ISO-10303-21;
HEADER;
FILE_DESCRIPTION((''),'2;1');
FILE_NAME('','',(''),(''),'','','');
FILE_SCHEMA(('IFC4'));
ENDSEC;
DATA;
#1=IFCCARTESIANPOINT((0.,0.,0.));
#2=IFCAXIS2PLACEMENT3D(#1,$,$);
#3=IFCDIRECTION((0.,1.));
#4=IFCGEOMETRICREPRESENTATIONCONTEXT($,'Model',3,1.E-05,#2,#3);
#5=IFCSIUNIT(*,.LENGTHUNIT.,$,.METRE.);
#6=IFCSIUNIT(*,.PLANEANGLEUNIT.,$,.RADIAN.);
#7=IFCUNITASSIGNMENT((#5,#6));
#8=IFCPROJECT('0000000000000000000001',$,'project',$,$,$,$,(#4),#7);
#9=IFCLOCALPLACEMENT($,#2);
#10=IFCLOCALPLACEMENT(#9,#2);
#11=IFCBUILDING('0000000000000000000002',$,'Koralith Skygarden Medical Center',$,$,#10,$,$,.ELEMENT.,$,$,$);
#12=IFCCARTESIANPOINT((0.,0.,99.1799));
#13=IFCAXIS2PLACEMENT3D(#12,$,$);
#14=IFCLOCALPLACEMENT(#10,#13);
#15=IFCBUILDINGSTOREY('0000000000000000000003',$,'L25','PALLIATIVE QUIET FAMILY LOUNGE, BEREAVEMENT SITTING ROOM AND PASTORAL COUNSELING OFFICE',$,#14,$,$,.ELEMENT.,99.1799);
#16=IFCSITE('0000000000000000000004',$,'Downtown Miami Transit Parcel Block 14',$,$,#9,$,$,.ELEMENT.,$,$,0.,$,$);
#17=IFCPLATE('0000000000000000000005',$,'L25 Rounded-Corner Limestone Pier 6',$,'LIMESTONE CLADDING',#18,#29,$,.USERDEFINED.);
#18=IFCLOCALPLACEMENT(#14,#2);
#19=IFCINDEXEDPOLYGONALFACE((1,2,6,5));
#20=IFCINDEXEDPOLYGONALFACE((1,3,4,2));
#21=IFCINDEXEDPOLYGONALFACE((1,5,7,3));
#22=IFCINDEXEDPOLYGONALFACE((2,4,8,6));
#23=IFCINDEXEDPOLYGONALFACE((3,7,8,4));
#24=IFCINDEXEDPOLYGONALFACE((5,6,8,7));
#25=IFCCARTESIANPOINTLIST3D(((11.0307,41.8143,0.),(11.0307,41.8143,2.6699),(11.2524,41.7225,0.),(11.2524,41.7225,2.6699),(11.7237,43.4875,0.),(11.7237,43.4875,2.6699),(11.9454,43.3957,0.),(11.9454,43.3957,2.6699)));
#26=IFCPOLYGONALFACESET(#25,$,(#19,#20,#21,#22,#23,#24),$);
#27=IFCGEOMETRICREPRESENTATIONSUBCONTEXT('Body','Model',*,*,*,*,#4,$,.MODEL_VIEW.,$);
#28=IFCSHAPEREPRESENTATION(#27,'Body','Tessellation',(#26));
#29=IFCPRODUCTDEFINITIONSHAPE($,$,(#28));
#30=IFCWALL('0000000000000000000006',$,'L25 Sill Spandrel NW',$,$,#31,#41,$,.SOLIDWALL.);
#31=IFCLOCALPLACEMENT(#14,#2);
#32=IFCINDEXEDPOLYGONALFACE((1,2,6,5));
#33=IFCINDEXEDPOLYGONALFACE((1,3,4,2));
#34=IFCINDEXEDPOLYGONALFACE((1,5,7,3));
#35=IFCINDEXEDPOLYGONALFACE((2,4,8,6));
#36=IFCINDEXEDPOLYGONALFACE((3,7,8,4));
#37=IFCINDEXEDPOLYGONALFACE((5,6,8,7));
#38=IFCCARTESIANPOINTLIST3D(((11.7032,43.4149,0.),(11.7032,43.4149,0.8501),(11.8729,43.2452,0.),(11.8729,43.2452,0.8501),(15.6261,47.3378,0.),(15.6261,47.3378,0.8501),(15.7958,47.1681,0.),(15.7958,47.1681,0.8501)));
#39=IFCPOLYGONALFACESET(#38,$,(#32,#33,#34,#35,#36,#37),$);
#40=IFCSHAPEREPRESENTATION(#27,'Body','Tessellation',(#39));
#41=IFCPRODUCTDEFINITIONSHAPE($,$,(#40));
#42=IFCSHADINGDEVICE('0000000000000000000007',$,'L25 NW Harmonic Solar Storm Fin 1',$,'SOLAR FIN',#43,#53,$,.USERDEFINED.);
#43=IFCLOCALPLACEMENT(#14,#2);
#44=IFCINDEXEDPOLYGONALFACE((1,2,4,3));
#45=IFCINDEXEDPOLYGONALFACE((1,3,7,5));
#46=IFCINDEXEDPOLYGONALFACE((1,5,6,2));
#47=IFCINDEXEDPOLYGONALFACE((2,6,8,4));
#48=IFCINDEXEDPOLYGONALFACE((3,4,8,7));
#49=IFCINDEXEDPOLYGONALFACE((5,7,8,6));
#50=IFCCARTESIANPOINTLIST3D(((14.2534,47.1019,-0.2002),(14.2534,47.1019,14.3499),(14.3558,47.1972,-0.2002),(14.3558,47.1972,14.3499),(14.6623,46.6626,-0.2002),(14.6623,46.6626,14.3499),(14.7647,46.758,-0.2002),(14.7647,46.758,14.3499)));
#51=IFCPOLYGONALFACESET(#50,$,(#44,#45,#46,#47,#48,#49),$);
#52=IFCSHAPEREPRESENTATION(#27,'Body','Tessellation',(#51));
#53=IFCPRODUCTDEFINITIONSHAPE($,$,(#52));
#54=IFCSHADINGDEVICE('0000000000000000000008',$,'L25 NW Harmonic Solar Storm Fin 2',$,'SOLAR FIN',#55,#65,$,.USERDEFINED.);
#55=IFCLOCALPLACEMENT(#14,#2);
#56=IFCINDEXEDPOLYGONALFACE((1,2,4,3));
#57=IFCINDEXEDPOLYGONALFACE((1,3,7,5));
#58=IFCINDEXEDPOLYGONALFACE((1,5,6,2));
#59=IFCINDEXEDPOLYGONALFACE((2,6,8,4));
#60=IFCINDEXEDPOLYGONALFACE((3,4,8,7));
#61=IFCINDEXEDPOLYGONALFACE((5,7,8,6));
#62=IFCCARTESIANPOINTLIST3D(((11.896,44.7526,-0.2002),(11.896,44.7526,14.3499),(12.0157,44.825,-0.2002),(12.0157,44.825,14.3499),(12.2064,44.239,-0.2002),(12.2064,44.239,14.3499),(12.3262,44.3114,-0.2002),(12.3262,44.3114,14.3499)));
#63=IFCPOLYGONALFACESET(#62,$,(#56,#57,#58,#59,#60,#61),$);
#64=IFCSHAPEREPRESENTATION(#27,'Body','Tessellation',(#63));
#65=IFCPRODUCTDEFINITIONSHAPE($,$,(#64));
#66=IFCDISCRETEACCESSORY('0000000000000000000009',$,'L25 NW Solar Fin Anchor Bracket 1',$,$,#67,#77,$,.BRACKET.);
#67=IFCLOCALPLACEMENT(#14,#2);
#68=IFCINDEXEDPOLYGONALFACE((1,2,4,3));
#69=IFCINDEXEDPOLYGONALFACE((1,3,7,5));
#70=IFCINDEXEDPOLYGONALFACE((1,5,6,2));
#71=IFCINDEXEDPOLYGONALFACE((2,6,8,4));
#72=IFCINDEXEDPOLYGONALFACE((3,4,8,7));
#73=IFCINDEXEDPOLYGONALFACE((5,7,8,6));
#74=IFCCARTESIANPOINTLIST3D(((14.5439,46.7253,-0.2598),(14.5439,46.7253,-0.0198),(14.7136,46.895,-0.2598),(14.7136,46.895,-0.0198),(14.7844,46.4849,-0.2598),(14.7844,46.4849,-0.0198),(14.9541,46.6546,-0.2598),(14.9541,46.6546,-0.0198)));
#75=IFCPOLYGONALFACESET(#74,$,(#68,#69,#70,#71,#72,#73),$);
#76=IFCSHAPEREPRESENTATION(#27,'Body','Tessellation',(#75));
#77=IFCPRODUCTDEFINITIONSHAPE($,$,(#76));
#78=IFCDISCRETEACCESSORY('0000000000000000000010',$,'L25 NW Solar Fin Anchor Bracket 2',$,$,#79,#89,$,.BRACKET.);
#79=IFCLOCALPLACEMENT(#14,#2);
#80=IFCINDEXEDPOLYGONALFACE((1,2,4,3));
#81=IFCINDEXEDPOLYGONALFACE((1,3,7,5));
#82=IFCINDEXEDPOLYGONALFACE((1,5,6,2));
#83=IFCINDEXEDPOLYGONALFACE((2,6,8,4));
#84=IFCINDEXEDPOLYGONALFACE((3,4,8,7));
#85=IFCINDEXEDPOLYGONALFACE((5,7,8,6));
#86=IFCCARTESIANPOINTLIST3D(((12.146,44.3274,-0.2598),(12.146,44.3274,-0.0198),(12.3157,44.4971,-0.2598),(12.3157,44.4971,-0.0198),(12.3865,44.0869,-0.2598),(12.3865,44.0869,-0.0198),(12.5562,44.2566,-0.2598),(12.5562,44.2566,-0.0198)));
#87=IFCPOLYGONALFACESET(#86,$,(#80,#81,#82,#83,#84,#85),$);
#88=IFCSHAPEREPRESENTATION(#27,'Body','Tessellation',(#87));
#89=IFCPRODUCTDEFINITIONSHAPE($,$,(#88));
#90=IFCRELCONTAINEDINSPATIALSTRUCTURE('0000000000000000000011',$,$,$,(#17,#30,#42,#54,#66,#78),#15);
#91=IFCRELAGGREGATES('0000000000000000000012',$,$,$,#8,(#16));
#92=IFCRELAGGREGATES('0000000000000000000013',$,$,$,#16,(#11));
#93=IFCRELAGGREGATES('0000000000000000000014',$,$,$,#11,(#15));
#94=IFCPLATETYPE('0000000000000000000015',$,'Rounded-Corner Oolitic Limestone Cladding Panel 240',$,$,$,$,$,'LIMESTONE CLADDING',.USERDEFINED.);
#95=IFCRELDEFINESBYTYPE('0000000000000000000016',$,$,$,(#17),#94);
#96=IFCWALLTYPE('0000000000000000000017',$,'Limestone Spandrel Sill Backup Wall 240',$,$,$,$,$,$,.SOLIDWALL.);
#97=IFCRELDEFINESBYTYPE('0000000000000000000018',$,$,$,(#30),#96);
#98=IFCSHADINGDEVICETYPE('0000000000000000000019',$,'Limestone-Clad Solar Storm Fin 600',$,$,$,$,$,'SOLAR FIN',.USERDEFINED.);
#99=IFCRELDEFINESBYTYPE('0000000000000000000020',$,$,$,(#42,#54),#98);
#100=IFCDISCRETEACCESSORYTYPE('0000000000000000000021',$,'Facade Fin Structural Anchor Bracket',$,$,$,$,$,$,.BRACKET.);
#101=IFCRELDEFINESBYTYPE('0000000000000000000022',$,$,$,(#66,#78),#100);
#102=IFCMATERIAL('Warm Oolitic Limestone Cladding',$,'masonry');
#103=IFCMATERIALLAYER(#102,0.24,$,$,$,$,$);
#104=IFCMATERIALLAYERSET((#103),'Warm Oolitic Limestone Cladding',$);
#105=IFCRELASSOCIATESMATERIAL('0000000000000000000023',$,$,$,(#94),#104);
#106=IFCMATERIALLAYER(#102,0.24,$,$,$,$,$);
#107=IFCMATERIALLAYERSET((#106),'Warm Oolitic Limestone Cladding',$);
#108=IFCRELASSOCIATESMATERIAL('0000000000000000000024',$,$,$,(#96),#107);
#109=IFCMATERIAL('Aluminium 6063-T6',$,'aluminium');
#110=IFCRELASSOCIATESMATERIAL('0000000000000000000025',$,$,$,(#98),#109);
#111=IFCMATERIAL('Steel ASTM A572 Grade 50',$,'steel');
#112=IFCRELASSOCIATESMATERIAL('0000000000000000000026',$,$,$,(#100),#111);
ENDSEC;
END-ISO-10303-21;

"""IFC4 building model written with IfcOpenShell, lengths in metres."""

from ifc_helpers import new_model, si_unit, direction, frame, frame_2d, origin, origin_2d, place, context, subcontext, project, spatial, rectangle, extrude, material, layer, layer_set, type_object, element, save


model = new_model("IFC4")

# Units and contexts
model_context = context("Model", 3, precision=1e-05, world=origin(), true_north=direction((0.0, 1.0)))
body_context = subcontext(model_context, "Body", "Model", "MODEL_VIEW")
ifc_project = project(units=[si_unit("LENGTHUNIT", "METRE"), si_unit("PLANEANGLEUNIT", "RADIAN")], contexts=[model_context])

# Site, building, storey
site_placement = place(None, origin())
site = spatial("IfcSite", under=ifc_project, at=site_placement, Name="Downtown Miami Transit Parcel Block 14", CompositionType="ELEMENT", RefElevation=0.0)
building_placement = place(site_placement, origin())
building = spatial("IfcBuilding", under=site, at=building_placement, Name="Koralith Skygarden Medical Center", CompositionType="ELEMENT")
storey_placement = place(building_placement, frame((0.0, 0.0, 99.1799)))
storey = spatial("IfcBuildingStorey", under=building, at=storey_placement, Name="L25", Description="PALLIATIVE QUIET FAMILY LOUNGE, BEREAVEMENT SITTING ROOM AND PASTORAL COUNSELING OFFICE", CompositionType="ELEMENT", Elevation=99.1799)

# Shared definitions
ifc_material_1 = material(Name="Aluminium 6063-T6", Category="aluminium")

# Plate
ifc_material_2 = material(Name="Warm Oolitic Limestone Cladding", Category="masonry")
ifc_layer_1 = layer(ifc_material_2, 0.24)
ifc_layer_set_1 = layer_set([ifc_layer_1], Name="Warm Oolitic Limestone Cladding")
plate_type_1 = type_object("IfcPlateType", Name="Rounded-Corner Oolitic Limestone Cladding Panel 240", ElementType="LIMESTONE CLADDING", PredefinedType="USERDEFINED", material=ifc_layer_set_1)
for number, where, z_axis, x_axis, name in (
    (1, (11.488, 42.605, 0.0), (0.0, 0.0, 1.0), (-0.382671, -0.923885, 0.0), "L25 Rounded-Corner Limestone Pier 6"),
):
    element("IfcPlate", number, at=place(storey_placement, frame(where, z_axis=z_axis, x_axis=x_axis)), inside=storey, type_object=plate_type_1, Name=name, ObjectType="LIMESTONE CLADDING", PredefinedType="USERDEFINED", context=body_context, shape_type="SweptSolid", body=[
        extrude(rectangle(XDim=1.811, YDim=0.24, at=origin_2d()), origin(), (0.0, 0.0, 1.0), 2.6699),
    ])

# Wall
ifc_layer_2 = layer(ifc_material_2, 0.24)
ifc_layer_set_2 = layer_set([ifc_layer_2], Name="Warm Oolitic Limestone Cladding")
wall_type = type_object("IfcWallType", Name="Limestone Spandrel Sill Backup Wall 240", PredefinedType="SOLIDWALL", material=ifc_layer_set_2)
wall_placement = place(storey_placement, frame((15.7109, 47.2529, 0.0), z_axis=(0.0, 0.0, 1.0), x_axis=(-0.707107, -0.707107, 0.0)))
element("IfcWall", 2, at=wall_placement, inside=storey, type_object=wall_type, Name="L25 Sill Spandrel NW", PredefinedType="SOLIDWALL", context=body_context, shape_type="SweptSolid", body=[
    extrude(rectangle(XDim=5.5479, YDim=0.24, at=frame_2d((2.7739, 0.0))), origin(), (0.0, 0.0, 1.0), 0.8501),
])

# Shading devices
shading_device_type = type_object("IfcShadingDeviceType", Name="Limestone-Clad Solar Storm Fin 600", ElementType="SOLAR FIN", PredefinedType="USERDEFINED", material=ifc_material_1)
for number, where, z_axis, x_axis, name in (
    (3, (14.509, 46.9299, -0.2002), (0.0, 0.0, 1.0), (-0.681309, 0.731996, 0.0), "L25 NW Harmonic Solar Storm Fin 1"),
    (4, (12.1111, 44.532, -0.2002), (0.0, 0.0, 1.0), (-0.51728, 0.855816, 0.0), "L25 NW Harmonic Solar Storm Fin 2"),
):
    element("IfcShadingDevice", number, at=place(storey_placement, frame(where, z_axis=z_axis, x_axis=x_axis)), inside=storey, type_object=shading_device_type, Name=name, ObjectType="SOLAR FIN", PredefinedType="USERDEFINED", context=body_context, shape_type="SweptSolid", body=[
        extrude(rectangle(XDim=0.6001, YDim=0.1399, at=origin_2d()), origin(), (0.0, 0.0, 1.0), 14.55),
    ])

# Discrete accessories
ifc_material_3 = material(Name="Steel ASTM A572 Grade 50", Category="steel")
discrete_accessory_type = type_object("IfcDiscreteAccessoryType", Name="Facade Fin Structural Anchor Bracket", PredefinedType="BRACKET", material=ifc_material_3)
for number, where, z_axis, x_axis, name in (
    (5, (14.749, 46.6899, -0.2598), (0.0, 0.0, 1.0), (-0.707107, 0.707107, 0.0), "L25 NW Solar Fin Anchor Bracket 1"),
    (6, (12.3511, 44.292, -0.2598), (0.0, 0.0, 1.0), (-0.707107, 0.707107, 0.0), "L25 NW Solar Fin Anchor Bracket 2"),
):
    element("IfcDiscreteAccessory", number, at=place(storey_placement, frame(where, z_axis=z_axis, x_axis=x_axis)), inside=storey, type_object=discrete_accessory_type, Name=name, PredefinedType="BRACKET", context=body_context, shape_type="SweptSolid", body=[
        extrude(rectangle(XDim=0.3401, YDim=0.24, at=origin_2d()), origin(), (0.0, 0.0, 1.0), 0.24),
    ])

save(model, "model.ifc")
